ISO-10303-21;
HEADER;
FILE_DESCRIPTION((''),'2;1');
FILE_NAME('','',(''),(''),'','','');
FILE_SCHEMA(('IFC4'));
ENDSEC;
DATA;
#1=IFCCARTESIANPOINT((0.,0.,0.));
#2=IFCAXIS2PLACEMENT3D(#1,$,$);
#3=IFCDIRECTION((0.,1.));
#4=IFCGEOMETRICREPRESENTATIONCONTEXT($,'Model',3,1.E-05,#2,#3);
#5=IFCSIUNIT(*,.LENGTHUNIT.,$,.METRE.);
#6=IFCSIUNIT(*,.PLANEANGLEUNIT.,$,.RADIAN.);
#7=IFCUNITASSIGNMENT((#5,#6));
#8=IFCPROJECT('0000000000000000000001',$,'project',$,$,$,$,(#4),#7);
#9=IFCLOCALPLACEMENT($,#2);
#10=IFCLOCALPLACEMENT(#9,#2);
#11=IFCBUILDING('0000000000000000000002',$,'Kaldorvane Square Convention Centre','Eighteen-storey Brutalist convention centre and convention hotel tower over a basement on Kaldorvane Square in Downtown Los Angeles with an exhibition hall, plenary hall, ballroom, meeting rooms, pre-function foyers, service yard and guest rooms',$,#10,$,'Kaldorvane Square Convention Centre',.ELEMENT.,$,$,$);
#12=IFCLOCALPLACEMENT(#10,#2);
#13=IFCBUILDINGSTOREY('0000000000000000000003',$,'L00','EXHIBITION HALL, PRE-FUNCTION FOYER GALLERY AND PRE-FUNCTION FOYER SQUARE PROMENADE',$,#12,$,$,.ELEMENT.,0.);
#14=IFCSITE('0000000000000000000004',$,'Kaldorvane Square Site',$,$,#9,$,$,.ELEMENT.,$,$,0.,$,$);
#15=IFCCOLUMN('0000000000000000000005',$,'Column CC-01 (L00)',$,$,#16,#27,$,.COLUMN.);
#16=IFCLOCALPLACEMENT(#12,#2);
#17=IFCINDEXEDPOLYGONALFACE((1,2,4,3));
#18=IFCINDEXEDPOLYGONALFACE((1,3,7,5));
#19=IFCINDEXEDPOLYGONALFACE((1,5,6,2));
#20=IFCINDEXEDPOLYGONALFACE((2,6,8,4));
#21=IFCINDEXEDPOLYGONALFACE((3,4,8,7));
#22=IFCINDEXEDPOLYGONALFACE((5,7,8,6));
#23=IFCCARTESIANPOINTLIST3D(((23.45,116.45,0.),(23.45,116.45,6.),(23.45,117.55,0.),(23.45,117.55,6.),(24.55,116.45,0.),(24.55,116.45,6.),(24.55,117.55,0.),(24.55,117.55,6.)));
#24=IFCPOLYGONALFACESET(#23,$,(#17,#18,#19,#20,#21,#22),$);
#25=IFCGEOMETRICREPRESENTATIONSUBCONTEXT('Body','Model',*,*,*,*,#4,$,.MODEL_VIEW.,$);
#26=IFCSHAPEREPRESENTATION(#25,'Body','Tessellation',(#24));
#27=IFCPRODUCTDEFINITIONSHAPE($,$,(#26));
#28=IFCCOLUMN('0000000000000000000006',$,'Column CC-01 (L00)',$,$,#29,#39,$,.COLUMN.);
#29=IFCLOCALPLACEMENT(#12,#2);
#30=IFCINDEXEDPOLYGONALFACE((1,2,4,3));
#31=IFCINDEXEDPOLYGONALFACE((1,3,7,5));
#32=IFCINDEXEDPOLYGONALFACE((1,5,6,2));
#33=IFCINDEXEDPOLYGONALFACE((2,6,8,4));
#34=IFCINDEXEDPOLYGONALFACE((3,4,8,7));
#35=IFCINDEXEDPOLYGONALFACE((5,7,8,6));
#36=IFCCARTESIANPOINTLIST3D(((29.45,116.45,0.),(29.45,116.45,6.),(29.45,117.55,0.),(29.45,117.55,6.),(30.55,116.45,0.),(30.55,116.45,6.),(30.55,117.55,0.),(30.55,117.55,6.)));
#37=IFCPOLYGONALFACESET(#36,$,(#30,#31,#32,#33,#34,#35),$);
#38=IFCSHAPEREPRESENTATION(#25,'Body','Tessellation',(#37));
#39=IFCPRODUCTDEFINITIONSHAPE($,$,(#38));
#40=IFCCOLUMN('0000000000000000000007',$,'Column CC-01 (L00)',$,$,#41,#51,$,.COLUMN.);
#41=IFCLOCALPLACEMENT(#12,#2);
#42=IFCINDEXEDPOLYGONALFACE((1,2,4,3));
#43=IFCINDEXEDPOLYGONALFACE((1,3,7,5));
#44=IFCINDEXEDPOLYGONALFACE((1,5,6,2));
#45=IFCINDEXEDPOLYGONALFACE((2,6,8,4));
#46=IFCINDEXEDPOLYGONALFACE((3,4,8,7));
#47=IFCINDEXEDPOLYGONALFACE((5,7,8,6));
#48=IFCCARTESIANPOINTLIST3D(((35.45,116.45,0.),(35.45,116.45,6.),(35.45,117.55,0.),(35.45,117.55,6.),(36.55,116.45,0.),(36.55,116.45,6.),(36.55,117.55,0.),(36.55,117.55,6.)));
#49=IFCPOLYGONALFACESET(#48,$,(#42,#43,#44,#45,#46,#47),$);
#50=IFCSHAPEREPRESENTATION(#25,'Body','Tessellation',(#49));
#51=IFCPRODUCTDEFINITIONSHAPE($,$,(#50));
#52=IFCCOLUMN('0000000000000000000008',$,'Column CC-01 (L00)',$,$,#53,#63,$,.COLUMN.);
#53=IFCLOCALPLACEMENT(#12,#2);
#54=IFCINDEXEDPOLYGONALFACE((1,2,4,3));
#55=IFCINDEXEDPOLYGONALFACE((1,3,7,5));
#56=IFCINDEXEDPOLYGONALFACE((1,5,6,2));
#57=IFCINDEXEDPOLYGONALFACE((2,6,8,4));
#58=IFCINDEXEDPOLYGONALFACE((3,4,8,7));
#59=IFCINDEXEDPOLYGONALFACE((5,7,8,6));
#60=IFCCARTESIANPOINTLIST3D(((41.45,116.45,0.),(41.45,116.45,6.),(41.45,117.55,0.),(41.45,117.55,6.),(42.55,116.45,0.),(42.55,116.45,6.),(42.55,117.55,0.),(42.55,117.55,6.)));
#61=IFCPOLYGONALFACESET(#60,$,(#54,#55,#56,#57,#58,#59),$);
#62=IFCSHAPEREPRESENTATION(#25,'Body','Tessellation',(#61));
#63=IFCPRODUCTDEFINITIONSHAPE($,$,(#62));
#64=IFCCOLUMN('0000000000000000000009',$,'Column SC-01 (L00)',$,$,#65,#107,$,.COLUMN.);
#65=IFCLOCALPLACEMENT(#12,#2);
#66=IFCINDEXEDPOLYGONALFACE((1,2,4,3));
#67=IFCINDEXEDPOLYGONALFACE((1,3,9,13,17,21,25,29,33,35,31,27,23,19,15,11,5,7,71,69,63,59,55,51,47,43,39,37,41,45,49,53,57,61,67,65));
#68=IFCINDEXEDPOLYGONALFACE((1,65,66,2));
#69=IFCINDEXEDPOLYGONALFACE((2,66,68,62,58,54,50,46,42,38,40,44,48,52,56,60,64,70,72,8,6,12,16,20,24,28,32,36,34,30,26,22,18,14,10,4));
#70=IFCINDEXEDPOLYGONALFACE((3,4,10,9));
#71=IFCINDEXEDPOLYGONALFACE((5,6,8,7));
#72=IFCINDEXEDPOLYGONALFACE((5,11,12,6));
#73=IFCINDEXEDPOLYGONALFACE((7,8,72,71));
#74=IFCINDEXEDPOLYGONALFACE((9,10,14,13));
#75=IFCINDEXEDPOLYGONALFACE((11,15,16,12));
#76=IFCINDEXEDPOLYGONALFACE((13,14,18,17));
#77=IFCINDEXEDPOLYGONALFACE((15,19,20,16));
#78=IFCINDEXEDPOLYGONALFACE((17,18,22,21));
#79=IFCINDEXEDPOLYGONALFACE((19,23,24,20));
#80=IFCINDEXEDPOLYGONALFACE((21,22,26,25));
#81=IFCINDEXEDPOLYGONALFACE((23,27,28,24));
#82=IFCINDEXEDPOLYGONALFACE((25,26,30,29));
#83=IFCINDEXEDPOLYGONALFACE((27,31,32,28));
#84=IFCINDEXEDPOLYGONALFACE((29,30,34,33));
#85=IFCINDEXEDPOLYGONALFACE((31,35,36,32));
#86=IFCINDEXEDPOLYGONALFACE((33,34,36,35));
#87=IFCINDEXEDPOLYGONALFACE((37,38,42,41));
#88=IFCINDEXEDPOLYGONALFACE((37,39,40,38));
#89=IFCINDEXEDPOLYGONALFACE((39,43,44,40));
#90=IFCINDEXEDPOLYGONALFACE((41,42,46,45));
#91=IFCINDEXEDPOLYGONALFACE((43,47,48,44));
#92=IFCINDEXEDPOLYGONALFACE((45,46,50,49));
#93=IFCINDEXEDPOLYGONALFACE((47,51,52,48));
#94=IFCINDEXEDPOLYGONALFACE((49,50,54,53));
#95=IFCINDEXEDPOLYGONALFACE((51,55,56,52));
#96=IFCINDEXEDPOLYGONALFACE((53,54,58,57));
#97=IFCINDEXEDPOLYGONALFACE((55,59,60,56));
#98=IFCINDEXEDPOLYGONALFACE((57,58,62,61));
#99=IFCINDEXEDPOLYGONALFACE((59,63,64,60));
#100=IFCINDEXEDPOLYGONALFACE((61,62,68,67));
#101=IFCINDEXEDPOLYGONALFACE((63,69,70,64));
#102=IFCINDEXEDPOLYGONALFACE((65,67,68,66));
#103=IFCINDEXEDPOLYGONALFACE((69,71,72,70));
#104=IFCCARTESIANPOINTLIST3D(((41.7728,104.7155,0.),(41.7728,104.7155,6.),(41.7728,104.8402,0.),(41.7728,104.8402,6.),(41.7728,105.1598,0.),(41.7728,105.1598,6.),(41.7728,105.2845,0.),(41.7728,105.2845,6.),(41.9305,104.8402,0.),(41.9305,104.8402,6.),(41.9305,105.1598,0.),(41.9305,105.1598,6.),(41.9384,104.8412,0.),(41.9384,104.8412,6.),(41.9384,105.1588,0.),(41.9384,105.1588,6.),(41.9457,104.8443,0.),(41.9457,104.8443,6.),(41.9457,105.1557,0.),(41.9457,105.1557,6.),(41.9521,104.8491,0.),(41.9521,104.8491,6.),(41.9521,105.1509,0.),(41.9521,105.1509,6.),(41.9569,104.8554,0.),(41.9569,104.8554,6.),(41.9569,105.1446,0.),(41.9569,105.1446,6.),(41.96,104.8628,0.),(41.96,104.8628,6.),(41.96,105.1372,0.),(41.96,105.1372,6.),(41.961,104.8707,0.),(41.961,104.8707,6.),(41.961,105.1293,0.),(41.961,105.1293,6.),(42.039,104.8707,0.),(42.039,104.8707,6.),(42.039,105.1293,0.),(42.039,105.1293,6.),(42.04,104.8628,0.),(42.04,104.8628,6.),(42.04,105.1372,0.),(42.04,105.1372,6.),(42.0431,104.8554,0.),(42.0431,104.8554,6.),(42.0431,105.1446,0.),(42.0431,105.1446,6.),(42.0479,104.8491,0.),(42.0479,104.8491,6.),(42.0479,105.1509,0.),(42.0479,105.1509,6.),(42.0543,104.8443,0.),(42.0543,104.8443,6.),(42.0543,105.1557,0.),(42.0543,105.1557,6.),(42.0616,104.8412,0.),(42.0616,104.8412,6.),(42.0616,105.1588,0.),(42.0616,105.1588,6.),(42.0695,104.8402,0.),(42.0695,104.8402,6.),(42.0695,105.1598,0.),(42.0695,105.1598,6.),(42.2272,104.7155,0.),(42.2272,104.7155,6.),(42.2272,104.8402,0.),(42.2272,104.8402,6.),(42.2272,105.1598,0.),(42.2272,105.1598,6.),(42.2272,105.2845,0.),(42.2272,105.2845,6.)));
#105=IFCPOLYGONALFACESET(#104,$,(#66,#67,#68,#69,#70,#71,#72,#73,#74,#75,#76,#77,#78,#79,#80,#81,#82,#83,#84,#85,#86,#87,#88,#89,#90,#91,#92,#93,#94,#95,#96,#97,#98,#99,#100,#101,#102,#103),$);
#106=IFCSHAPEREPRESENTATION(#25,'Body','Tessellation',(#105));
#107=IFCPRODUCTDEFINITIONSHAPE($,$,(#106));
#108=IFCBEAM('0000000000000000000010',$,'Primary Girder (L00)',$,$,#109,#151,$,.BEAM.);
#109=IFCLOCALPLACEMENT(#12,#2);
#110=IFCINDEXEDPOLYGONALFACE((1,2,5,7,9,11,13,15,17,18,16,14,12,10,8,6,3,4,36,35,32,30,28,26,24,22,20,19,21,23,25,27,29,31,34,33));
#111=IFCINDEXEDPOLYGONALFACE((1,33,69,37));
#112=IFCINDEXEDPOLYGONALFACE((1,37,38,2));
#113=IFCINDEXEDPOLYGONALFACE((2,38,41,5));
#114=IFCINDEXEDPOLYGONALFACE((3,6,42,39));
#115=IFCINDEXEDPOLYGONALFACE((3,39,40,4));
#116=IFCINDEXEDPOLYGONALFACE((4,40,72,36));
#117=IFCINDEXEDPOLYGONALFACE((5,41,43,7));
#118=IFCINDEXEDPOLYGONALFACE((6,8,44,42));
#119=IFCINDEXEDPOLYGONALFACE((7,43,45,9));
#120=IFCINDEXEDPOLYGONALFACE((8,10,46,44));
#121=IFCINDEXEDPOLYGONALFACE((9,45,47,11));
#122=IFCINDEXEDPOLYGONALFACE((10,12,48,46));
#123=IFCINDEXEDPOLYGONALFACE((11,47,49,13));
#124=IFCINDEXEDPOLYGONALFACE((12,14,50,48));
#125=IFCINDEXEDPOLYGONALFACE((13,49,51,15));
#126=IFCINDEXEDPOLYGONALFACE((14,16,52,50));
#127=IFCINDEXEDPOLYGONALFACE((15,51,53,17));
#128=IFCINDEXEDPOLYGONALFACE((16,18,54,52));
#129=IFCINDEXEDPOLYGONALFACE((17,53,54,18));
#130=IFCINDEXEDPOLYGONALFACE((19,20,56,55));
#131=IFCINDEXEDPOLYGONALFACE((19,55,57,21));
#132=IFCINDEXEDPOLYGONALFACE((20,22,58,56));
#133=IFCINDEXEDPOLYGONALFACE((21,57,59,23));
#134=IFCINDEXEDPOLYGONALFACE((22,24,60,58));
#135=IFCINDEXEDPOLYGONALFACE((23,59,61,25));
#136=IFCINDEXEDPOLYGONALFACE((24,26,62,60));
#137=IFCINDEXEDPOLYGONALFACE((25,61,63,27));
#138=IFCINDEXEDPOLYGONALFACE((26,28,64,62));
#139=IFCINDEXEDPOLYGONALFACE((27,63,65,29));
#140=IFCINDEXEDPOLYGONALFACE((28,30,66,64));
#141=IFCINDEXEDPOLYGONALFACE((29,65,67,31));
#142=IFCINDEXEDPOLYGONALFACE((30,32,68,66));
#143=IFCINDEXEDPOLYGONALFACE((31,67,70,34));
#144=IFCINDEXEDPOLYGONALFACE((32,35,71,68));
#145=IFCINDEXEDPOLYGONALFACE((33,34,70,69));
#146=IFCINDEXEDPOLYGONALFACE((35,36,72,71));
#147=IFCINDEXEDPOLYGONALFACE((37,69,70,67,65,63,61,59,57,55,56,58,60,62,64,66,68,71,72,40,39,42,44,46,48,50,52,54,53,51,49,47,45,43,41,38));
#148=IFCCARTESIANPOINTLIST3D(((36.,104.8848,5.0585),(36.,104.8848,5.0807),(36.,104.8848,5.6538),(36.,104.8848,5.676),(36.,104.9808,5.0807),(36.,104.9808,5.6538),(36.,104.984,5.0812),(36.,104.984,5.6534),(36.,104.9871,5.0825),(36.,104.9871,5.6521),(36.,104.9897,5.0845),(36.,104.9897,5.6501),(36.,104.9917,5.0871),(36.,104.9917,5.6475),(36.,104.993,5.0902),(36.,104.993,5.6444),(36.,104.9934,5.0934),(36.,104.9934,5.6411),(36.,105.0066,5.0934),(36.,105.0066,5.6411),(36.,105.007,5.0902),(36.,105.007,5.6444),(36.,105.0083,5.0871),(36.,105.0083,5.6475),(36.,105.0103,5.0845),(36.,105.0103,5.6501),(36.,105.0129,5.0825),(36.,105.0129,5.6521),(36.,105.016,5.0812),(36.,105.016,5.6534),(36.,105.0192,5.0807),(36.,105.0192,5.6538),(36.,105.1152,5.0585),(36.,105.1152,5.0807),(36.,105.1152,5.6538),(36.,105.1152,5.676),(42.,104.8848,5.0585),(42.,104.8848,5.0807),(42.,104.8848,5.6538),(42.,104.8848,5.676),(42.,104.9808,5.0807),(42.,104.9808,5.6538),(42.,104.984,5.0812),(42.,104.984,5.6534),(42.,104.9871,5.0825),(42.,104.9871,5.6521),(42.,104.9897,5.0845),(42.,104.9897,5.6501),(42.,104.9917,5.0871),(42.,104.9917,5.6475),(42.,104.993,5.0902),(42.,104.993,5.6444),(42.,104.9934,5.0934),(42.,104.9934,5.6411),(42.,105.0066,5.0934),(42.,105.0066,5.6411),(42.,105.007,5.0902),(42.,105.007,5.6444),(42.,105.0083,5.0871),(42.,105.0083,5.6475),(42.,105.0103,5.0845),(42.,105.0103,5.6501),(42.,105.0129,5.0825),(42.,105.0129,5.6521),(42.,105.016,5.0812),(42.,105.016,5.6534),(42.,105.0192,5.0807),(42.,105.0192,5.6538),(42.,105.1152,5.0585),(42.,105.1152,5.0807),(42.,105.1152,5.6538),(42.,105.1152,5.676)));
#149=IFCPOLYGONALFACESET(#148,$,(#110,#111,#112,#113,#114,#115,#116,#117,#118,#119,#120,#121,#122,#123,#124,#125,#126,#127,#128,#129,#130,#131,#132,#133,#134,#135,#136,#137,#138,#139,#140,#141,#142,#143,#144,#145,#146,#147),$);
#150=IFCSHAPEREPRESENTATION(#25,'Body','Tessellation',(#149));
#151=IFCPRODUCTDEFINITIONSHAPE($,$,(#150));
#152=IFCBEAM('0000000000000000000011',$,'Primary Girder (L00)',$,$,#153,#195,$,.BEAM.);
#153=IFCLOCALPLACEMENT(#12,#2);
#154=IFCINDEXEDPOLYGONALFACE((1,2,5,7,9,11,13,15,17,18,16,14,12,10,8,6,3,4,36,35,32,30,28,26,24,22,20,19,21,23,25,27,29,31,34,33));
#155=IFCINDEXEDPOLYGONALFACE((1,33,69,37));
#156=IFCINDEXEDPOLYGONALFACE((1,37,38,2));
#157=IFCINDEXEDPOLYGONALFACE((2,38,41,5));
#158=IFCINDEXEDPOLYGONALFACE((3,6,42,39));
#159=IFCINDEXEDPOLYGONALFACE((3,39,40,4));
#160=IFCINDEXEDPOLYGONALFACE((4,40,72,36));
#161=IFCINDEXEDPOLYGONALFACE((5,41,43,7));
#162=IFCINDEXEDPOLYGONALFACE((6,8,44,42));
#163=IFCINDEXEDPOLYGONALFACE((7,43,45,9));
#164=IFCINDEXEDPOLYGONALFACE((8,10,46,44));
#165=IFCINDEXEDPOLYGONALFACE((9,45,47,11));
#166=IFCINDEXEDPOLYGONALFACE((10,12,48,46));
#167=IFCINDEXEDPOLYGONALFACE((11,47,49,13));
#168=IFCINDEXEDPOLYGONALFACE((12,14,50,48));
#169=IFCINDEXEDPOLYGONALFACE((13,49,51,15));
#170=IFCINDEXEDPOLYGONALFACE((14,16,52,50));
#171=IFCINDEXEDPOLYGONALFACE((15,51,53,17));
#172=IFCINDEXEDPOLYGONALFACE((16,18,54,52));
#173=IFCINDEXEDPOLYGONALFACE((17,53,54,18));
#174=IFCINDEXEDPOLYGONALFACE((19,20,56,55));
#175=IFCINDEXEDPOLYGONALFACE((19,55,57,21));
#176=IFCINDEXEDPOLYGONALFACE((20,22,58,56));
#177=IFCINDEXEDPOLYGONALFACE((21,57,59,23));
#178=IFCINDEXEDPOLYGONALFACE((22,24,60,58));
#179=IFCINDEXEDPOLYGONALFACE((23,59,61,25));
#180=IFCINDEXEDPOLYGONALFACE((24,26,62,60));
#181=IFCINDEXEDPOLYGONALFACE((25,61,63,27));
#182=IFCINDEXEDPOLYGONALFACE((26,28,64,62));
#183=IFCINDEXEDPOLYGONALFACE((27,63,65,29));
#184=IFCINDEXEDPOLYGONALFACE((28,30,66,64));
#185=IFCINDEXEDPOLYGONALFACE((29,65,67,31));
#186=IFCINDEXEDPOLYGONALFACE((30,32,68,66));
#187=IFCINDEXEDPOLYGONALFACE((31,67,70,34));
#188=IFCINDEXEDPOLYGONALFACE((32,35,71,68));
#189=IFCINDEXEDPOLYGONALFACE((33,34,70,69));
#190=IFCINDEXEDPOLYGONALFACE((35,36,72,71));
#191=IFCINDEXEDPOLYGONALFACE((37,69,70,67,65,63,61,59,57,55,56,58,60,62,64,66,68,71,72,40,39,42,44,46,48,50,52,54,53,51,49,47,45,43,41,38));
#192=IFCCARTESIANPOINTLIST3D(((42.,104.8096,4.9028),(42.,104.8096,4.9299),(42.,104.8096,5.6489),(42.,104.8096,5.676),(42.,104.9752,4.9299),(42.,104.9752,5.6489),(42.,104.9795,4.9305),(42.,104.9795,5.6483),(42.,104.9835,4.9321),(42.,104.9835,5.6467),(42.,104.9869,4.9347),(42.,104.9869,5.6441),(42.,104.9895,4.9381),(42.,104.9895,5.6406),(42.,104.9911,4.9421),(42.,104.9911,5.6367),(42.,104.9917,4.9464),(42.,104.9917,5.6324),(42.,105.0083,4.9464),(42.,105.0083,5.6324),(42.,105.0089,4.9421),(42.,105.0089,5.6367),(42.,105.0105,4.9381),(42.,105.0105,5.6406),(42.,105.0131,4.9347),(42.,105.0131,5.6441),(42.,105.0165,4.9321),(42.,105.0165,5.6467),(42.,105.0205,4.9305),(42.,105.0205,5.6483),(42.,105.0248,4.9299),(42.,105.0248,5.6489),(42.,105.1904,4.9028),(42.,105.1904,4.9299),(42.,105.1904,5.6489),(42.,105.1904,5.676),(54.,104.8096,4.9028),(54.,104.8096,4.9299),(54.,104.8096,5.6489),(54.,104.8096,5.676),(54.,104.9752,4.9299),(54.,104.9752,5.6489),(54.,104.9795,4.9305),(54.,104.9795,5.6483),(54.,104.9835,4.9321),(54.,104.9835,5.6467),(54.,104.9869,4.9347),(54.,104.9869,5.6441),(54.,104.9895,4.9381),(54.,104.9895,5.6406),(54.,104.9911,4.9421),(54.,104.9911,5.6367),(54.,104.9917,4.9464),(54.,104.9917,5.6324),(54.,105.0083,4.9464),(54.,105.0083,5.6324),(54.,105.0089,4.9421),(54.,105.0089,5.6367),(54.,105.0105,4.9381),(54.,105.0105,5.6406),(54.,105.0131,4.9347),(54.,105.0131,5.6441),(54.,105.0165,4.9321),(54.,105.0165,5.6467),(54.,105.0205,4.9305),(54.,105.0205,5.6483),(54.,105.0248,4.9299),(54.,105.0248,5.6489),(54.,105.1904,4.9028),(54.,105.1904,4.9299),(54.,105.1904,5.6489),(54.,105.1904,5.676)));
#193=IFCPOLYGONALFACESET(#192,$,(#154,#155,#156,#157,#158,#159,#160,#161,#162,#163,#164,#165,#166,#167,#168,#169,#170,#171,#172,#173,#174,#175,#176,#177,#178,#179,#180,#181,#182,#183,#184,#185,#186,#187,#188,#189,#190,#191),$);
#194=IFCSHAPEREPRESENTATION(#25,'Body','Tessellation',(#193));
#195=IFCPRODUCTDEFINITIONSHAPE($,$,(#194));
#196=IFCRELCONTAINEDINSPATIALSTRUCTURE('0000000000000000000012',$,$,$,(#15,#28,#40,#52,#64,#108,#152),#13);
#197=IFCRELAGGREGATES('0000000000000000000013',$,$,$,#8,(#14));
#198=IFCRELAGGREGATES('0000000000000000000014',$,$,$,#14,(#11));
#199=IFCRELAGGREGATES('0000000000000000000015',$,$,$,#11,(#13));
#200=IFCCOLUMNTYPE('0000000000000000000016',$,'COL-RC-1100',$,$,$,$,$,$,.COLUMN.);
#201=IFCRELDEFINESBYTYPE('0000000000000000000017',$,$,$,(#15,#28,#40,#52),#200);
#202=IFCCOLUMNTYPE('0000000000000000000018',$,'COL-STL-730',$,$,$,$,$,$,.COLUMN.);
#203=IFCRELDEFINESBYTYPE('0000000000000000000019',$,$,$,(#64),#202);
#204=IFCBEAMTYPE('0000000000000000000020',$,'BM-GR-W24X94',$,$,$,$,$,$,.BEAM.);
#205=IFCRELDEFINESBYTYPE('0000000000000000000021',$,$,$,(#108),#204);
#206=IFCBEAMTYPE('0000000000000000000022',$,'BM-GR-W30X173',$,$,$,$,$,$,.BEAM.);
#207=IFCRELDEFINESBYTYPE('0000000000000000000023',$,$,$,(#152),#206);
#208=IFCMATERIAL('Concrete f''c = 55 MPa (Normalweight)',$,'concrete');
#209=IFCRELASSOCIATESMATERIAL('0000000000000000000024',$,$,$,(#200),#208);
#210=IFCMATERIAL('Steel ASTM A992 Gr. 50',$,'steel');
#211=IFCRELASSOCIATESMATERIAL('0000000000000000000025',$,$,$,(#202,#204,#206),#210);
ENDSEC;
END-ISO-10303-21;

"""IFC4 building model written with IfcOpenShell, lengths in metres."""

from ifc_helpers import new_model, si_unit, direction, frame, origin, origin_2d, place, context, subcontext, project, spatial, rectangle, i_section, extrude, material, material_profile, profile_set, type_object, element, save


model = new_model("IFC4")

# Units and contexts
model_context = context("Model", 3, precision=1e-05, world=origin(), true_north=direction((0.0, 1.0)))
body_context = subcontext(model_context, "Body", "Model", "MODEL_VIEW")
ifc_project = project(units=[si_unit("LENGTHUNIT", "METRE"), si_unit("PLANEANGLEUNIT", "RADIAN")], contexts=[model_context])

# Site, building, storey
site_placement = place(None, origin())
site = spatial("IfcSite", under=ifc_project, at=site_placement, Name="Kaldorvane Square Site", CompositionType="ELEMENT", RefElevation=0.0)
building_placement = place(site_placement, origin())
building = spatial("IfcBuilding", under=site, at=building_placement, Name="Kaldorvane Square Convention Centre", Description="Eighteen-storey Brutalist convention centre and convention hotel tower over a basement on Kaldorvane Square in Downtown Los Angeles with an exhibition hall, plenary hall, ballroom, meeting rooms, pre-function foyers, service yard and guest rooms", LongName="Kaldorvane Square Convention Centre", CompositionType="ELEMENT")
storey_placement = place(building_placement, origin())
storey = spatial("IfcBuildingStorey", under=building, at=storey_placement, Name="L00", Description="EXHIBITION HALL, PRE-FUNCTION FOYER GALLERY AND PRE-FUNCTION FOYER SQUARE PROMENADE", CompositionType="ELEMENT", Elevation=0.0)

# Columns
ifc_material_1 = material(Name="Concrete f'c = 55 MPa (Normalweight)", Category="concrete")
ifc_material_profile_1 = material_profile(ifc_material_1, rectangle(XDim=1.1, YDim=1.1, at=origin_2d()), Name="RC1100X1100")
ifc_profile_set_1 = profile_set([ifc_material_profile_1], Name="Concrete f'c = 55 MPa (Normalweight)")
column_type_1 = type_object("IfcColumnType", Name="COL-RC-1100", PredefinedType="COLUMN", material=ifc_profile_set_1)
for number, where, z_axis, x_axis, name in (
    (1, (24.0, 117.0, 0.0), (0.0, 0.0, 1.0), (1.0, 0.0, 0.0), "Column CC-01 (L00)"),
    (2, (30.0, 117.0, 0.0), (0.0, 0.0, 1.0), (1.0, 0.0, 0.0), "Column CC-01 (L00)"),
    (3, (36.0, 117.0, 0.0), (0.0, 0.0, 1.0), (1.0, 0.0, 0.0), "Column CC-01 (L00)"),
    (4, (42.0, 117.0, 0.0), (0.0, 0.0, 1.0), (1.0, 0.0, 0.0), "Column CC-01 (L00)"),
):
    element("IfcColumn", number, at=place(storey_placement, frame(where, z_axis=z_axis, x_axis=x_axis)), inside=storey, type_object=column_type_1, Name=name, PredefinedType="COLUMN", context=body_context, shape_type="SweptSolid", body=[
        extrude(rectangle(XDim=1.1, YDim=1.1, at=origin_2d()), origin(), (0.0, 0.0, 1.0), 6.0),
    ])
ifc_material_2 = material(Name="Steel ASTM A992 Gr. 50", Category="steel")
ifc_material_profile_2 = material_profile(ifc_material_2, i_section(OverallWidth=0.4544, OverallDepth=0.569, WebThickness=0.078, FlangeThickness=0.1247, FilletRadius=0.0305, at=origin_2d()), Name="W14X730")
ifc_profile_set_2 = profile_set([ifc_material_profile_2], Name="Steel ASTM A992 Gr. 50")
column_type_2 = type_object("IfcColumnType", Name="COL-STL-730", PredefinedType="COLUMN", material=ifc_profile_set_2)
column_placement = place(storey_placement, frame((42.0, 105.0, 0.0), z_axis=(0.0, 0.0, 1.0), x_axis=(1.0, 0.0, 0.0)))
element("IfcColumn", 5, at=column_placement, inside=storey, type_object=column_type_2, Name="Column SC-01 (L00)", PredefinedType="COLUMN", context=body_context, shape_type="SweptSolid", body=[
    extrude(i_section(OverallWidth=0.4544, OverallDepth=0.569, WebThickness=0.078, FlangeThickness=0.1247, FilletRadius=0.0305, at=origin_2d()), origin(), (0.0, 0.0, 1.0), 6.0),
])

# Beams
ifc_material_profile_3 = material_profile(ifc_material_2, i_section(OverallWidth=0.2303, OverallDepth=0.6175, WebThickness=0.0131, FlangeThickness=0.0222, FilletRadius=0.0127, at=origin_2d()), Name="W24X94")
ifc_profile_set_3 = profile_set([ifc_material_profile_3], Name="Steel ASTM A992 Gr. 50")
beam_type_1 = type_object("IfcBeamType", Name="BM-GR-W24X94", PredefinedType="BEAM", material=ifc_profile_set_3)
beam_1_placement = place(storey_placement, frame((36.0, 105.0, 5.3673), z_axis=(1.0, 0.0, 0.0), x_axis=(0.0, 1.0, 0.0)))
element("IfcBeam", 6, at=beam_1_placement, inside=storey, type_object=beam_type_1, Name="Primary Girder (L00)", PredefinedType="BEAM", context=body_context, shape_type="SweptSolid", body=[
    extrude(i_section(OverallWidth=0.2303, OverallDepth=0.6175, WebThickness=0.0131, FlangeThickness=0.0222, FilletRadius=0.0127, at=origin_2d()), origin(), (0.0, 0.0, 1.0), 6.0),
])
ifc_material_profile_4 = material_profile(ifc_material_2, i_section(OverallWidth=0.3807, OverallDepth=0.7732, WebThickness=0.0166, FlangeThickness=0.0271, FilletRadius=0.0165, at=origin_2d()), Name="W30X173")
ifc_profile_set_4 = profile_set([ifc_material_profile_4], Name="Steel ASTM A992 Gr. 50")
beam_type_2 = type_object("IfcBeamType", Name="BM-GR-W30X173", PredefinedType="BEAM", material=ifc_profile_set_4)
beam_2_placement = place(storey_placement, frame((42.0, 105.0, 5.2894), z_axis=(1.0, 0.0, 0.0), x_axis=(0.0, 1.0, 0.0)))
element("IfcBeam", 7, at=beam_2_placement, inside=storey, type_object=beam_type_2, Name="Primary Girder (L00)", PredefinedType="BEAM", context=body_context, shape_type="SweptSolid", body=[
    extrude(i_section(OverallWidth=0.3807, OverallDepth=0.7732, WebThickness=0.0166, FlangeThickness=0.0271, FilletRadius=0.0165, at=origin_2d()), origin(), (0.0, 0.0, 1.0), 12.0),
])

save(model, "model.ifc")
